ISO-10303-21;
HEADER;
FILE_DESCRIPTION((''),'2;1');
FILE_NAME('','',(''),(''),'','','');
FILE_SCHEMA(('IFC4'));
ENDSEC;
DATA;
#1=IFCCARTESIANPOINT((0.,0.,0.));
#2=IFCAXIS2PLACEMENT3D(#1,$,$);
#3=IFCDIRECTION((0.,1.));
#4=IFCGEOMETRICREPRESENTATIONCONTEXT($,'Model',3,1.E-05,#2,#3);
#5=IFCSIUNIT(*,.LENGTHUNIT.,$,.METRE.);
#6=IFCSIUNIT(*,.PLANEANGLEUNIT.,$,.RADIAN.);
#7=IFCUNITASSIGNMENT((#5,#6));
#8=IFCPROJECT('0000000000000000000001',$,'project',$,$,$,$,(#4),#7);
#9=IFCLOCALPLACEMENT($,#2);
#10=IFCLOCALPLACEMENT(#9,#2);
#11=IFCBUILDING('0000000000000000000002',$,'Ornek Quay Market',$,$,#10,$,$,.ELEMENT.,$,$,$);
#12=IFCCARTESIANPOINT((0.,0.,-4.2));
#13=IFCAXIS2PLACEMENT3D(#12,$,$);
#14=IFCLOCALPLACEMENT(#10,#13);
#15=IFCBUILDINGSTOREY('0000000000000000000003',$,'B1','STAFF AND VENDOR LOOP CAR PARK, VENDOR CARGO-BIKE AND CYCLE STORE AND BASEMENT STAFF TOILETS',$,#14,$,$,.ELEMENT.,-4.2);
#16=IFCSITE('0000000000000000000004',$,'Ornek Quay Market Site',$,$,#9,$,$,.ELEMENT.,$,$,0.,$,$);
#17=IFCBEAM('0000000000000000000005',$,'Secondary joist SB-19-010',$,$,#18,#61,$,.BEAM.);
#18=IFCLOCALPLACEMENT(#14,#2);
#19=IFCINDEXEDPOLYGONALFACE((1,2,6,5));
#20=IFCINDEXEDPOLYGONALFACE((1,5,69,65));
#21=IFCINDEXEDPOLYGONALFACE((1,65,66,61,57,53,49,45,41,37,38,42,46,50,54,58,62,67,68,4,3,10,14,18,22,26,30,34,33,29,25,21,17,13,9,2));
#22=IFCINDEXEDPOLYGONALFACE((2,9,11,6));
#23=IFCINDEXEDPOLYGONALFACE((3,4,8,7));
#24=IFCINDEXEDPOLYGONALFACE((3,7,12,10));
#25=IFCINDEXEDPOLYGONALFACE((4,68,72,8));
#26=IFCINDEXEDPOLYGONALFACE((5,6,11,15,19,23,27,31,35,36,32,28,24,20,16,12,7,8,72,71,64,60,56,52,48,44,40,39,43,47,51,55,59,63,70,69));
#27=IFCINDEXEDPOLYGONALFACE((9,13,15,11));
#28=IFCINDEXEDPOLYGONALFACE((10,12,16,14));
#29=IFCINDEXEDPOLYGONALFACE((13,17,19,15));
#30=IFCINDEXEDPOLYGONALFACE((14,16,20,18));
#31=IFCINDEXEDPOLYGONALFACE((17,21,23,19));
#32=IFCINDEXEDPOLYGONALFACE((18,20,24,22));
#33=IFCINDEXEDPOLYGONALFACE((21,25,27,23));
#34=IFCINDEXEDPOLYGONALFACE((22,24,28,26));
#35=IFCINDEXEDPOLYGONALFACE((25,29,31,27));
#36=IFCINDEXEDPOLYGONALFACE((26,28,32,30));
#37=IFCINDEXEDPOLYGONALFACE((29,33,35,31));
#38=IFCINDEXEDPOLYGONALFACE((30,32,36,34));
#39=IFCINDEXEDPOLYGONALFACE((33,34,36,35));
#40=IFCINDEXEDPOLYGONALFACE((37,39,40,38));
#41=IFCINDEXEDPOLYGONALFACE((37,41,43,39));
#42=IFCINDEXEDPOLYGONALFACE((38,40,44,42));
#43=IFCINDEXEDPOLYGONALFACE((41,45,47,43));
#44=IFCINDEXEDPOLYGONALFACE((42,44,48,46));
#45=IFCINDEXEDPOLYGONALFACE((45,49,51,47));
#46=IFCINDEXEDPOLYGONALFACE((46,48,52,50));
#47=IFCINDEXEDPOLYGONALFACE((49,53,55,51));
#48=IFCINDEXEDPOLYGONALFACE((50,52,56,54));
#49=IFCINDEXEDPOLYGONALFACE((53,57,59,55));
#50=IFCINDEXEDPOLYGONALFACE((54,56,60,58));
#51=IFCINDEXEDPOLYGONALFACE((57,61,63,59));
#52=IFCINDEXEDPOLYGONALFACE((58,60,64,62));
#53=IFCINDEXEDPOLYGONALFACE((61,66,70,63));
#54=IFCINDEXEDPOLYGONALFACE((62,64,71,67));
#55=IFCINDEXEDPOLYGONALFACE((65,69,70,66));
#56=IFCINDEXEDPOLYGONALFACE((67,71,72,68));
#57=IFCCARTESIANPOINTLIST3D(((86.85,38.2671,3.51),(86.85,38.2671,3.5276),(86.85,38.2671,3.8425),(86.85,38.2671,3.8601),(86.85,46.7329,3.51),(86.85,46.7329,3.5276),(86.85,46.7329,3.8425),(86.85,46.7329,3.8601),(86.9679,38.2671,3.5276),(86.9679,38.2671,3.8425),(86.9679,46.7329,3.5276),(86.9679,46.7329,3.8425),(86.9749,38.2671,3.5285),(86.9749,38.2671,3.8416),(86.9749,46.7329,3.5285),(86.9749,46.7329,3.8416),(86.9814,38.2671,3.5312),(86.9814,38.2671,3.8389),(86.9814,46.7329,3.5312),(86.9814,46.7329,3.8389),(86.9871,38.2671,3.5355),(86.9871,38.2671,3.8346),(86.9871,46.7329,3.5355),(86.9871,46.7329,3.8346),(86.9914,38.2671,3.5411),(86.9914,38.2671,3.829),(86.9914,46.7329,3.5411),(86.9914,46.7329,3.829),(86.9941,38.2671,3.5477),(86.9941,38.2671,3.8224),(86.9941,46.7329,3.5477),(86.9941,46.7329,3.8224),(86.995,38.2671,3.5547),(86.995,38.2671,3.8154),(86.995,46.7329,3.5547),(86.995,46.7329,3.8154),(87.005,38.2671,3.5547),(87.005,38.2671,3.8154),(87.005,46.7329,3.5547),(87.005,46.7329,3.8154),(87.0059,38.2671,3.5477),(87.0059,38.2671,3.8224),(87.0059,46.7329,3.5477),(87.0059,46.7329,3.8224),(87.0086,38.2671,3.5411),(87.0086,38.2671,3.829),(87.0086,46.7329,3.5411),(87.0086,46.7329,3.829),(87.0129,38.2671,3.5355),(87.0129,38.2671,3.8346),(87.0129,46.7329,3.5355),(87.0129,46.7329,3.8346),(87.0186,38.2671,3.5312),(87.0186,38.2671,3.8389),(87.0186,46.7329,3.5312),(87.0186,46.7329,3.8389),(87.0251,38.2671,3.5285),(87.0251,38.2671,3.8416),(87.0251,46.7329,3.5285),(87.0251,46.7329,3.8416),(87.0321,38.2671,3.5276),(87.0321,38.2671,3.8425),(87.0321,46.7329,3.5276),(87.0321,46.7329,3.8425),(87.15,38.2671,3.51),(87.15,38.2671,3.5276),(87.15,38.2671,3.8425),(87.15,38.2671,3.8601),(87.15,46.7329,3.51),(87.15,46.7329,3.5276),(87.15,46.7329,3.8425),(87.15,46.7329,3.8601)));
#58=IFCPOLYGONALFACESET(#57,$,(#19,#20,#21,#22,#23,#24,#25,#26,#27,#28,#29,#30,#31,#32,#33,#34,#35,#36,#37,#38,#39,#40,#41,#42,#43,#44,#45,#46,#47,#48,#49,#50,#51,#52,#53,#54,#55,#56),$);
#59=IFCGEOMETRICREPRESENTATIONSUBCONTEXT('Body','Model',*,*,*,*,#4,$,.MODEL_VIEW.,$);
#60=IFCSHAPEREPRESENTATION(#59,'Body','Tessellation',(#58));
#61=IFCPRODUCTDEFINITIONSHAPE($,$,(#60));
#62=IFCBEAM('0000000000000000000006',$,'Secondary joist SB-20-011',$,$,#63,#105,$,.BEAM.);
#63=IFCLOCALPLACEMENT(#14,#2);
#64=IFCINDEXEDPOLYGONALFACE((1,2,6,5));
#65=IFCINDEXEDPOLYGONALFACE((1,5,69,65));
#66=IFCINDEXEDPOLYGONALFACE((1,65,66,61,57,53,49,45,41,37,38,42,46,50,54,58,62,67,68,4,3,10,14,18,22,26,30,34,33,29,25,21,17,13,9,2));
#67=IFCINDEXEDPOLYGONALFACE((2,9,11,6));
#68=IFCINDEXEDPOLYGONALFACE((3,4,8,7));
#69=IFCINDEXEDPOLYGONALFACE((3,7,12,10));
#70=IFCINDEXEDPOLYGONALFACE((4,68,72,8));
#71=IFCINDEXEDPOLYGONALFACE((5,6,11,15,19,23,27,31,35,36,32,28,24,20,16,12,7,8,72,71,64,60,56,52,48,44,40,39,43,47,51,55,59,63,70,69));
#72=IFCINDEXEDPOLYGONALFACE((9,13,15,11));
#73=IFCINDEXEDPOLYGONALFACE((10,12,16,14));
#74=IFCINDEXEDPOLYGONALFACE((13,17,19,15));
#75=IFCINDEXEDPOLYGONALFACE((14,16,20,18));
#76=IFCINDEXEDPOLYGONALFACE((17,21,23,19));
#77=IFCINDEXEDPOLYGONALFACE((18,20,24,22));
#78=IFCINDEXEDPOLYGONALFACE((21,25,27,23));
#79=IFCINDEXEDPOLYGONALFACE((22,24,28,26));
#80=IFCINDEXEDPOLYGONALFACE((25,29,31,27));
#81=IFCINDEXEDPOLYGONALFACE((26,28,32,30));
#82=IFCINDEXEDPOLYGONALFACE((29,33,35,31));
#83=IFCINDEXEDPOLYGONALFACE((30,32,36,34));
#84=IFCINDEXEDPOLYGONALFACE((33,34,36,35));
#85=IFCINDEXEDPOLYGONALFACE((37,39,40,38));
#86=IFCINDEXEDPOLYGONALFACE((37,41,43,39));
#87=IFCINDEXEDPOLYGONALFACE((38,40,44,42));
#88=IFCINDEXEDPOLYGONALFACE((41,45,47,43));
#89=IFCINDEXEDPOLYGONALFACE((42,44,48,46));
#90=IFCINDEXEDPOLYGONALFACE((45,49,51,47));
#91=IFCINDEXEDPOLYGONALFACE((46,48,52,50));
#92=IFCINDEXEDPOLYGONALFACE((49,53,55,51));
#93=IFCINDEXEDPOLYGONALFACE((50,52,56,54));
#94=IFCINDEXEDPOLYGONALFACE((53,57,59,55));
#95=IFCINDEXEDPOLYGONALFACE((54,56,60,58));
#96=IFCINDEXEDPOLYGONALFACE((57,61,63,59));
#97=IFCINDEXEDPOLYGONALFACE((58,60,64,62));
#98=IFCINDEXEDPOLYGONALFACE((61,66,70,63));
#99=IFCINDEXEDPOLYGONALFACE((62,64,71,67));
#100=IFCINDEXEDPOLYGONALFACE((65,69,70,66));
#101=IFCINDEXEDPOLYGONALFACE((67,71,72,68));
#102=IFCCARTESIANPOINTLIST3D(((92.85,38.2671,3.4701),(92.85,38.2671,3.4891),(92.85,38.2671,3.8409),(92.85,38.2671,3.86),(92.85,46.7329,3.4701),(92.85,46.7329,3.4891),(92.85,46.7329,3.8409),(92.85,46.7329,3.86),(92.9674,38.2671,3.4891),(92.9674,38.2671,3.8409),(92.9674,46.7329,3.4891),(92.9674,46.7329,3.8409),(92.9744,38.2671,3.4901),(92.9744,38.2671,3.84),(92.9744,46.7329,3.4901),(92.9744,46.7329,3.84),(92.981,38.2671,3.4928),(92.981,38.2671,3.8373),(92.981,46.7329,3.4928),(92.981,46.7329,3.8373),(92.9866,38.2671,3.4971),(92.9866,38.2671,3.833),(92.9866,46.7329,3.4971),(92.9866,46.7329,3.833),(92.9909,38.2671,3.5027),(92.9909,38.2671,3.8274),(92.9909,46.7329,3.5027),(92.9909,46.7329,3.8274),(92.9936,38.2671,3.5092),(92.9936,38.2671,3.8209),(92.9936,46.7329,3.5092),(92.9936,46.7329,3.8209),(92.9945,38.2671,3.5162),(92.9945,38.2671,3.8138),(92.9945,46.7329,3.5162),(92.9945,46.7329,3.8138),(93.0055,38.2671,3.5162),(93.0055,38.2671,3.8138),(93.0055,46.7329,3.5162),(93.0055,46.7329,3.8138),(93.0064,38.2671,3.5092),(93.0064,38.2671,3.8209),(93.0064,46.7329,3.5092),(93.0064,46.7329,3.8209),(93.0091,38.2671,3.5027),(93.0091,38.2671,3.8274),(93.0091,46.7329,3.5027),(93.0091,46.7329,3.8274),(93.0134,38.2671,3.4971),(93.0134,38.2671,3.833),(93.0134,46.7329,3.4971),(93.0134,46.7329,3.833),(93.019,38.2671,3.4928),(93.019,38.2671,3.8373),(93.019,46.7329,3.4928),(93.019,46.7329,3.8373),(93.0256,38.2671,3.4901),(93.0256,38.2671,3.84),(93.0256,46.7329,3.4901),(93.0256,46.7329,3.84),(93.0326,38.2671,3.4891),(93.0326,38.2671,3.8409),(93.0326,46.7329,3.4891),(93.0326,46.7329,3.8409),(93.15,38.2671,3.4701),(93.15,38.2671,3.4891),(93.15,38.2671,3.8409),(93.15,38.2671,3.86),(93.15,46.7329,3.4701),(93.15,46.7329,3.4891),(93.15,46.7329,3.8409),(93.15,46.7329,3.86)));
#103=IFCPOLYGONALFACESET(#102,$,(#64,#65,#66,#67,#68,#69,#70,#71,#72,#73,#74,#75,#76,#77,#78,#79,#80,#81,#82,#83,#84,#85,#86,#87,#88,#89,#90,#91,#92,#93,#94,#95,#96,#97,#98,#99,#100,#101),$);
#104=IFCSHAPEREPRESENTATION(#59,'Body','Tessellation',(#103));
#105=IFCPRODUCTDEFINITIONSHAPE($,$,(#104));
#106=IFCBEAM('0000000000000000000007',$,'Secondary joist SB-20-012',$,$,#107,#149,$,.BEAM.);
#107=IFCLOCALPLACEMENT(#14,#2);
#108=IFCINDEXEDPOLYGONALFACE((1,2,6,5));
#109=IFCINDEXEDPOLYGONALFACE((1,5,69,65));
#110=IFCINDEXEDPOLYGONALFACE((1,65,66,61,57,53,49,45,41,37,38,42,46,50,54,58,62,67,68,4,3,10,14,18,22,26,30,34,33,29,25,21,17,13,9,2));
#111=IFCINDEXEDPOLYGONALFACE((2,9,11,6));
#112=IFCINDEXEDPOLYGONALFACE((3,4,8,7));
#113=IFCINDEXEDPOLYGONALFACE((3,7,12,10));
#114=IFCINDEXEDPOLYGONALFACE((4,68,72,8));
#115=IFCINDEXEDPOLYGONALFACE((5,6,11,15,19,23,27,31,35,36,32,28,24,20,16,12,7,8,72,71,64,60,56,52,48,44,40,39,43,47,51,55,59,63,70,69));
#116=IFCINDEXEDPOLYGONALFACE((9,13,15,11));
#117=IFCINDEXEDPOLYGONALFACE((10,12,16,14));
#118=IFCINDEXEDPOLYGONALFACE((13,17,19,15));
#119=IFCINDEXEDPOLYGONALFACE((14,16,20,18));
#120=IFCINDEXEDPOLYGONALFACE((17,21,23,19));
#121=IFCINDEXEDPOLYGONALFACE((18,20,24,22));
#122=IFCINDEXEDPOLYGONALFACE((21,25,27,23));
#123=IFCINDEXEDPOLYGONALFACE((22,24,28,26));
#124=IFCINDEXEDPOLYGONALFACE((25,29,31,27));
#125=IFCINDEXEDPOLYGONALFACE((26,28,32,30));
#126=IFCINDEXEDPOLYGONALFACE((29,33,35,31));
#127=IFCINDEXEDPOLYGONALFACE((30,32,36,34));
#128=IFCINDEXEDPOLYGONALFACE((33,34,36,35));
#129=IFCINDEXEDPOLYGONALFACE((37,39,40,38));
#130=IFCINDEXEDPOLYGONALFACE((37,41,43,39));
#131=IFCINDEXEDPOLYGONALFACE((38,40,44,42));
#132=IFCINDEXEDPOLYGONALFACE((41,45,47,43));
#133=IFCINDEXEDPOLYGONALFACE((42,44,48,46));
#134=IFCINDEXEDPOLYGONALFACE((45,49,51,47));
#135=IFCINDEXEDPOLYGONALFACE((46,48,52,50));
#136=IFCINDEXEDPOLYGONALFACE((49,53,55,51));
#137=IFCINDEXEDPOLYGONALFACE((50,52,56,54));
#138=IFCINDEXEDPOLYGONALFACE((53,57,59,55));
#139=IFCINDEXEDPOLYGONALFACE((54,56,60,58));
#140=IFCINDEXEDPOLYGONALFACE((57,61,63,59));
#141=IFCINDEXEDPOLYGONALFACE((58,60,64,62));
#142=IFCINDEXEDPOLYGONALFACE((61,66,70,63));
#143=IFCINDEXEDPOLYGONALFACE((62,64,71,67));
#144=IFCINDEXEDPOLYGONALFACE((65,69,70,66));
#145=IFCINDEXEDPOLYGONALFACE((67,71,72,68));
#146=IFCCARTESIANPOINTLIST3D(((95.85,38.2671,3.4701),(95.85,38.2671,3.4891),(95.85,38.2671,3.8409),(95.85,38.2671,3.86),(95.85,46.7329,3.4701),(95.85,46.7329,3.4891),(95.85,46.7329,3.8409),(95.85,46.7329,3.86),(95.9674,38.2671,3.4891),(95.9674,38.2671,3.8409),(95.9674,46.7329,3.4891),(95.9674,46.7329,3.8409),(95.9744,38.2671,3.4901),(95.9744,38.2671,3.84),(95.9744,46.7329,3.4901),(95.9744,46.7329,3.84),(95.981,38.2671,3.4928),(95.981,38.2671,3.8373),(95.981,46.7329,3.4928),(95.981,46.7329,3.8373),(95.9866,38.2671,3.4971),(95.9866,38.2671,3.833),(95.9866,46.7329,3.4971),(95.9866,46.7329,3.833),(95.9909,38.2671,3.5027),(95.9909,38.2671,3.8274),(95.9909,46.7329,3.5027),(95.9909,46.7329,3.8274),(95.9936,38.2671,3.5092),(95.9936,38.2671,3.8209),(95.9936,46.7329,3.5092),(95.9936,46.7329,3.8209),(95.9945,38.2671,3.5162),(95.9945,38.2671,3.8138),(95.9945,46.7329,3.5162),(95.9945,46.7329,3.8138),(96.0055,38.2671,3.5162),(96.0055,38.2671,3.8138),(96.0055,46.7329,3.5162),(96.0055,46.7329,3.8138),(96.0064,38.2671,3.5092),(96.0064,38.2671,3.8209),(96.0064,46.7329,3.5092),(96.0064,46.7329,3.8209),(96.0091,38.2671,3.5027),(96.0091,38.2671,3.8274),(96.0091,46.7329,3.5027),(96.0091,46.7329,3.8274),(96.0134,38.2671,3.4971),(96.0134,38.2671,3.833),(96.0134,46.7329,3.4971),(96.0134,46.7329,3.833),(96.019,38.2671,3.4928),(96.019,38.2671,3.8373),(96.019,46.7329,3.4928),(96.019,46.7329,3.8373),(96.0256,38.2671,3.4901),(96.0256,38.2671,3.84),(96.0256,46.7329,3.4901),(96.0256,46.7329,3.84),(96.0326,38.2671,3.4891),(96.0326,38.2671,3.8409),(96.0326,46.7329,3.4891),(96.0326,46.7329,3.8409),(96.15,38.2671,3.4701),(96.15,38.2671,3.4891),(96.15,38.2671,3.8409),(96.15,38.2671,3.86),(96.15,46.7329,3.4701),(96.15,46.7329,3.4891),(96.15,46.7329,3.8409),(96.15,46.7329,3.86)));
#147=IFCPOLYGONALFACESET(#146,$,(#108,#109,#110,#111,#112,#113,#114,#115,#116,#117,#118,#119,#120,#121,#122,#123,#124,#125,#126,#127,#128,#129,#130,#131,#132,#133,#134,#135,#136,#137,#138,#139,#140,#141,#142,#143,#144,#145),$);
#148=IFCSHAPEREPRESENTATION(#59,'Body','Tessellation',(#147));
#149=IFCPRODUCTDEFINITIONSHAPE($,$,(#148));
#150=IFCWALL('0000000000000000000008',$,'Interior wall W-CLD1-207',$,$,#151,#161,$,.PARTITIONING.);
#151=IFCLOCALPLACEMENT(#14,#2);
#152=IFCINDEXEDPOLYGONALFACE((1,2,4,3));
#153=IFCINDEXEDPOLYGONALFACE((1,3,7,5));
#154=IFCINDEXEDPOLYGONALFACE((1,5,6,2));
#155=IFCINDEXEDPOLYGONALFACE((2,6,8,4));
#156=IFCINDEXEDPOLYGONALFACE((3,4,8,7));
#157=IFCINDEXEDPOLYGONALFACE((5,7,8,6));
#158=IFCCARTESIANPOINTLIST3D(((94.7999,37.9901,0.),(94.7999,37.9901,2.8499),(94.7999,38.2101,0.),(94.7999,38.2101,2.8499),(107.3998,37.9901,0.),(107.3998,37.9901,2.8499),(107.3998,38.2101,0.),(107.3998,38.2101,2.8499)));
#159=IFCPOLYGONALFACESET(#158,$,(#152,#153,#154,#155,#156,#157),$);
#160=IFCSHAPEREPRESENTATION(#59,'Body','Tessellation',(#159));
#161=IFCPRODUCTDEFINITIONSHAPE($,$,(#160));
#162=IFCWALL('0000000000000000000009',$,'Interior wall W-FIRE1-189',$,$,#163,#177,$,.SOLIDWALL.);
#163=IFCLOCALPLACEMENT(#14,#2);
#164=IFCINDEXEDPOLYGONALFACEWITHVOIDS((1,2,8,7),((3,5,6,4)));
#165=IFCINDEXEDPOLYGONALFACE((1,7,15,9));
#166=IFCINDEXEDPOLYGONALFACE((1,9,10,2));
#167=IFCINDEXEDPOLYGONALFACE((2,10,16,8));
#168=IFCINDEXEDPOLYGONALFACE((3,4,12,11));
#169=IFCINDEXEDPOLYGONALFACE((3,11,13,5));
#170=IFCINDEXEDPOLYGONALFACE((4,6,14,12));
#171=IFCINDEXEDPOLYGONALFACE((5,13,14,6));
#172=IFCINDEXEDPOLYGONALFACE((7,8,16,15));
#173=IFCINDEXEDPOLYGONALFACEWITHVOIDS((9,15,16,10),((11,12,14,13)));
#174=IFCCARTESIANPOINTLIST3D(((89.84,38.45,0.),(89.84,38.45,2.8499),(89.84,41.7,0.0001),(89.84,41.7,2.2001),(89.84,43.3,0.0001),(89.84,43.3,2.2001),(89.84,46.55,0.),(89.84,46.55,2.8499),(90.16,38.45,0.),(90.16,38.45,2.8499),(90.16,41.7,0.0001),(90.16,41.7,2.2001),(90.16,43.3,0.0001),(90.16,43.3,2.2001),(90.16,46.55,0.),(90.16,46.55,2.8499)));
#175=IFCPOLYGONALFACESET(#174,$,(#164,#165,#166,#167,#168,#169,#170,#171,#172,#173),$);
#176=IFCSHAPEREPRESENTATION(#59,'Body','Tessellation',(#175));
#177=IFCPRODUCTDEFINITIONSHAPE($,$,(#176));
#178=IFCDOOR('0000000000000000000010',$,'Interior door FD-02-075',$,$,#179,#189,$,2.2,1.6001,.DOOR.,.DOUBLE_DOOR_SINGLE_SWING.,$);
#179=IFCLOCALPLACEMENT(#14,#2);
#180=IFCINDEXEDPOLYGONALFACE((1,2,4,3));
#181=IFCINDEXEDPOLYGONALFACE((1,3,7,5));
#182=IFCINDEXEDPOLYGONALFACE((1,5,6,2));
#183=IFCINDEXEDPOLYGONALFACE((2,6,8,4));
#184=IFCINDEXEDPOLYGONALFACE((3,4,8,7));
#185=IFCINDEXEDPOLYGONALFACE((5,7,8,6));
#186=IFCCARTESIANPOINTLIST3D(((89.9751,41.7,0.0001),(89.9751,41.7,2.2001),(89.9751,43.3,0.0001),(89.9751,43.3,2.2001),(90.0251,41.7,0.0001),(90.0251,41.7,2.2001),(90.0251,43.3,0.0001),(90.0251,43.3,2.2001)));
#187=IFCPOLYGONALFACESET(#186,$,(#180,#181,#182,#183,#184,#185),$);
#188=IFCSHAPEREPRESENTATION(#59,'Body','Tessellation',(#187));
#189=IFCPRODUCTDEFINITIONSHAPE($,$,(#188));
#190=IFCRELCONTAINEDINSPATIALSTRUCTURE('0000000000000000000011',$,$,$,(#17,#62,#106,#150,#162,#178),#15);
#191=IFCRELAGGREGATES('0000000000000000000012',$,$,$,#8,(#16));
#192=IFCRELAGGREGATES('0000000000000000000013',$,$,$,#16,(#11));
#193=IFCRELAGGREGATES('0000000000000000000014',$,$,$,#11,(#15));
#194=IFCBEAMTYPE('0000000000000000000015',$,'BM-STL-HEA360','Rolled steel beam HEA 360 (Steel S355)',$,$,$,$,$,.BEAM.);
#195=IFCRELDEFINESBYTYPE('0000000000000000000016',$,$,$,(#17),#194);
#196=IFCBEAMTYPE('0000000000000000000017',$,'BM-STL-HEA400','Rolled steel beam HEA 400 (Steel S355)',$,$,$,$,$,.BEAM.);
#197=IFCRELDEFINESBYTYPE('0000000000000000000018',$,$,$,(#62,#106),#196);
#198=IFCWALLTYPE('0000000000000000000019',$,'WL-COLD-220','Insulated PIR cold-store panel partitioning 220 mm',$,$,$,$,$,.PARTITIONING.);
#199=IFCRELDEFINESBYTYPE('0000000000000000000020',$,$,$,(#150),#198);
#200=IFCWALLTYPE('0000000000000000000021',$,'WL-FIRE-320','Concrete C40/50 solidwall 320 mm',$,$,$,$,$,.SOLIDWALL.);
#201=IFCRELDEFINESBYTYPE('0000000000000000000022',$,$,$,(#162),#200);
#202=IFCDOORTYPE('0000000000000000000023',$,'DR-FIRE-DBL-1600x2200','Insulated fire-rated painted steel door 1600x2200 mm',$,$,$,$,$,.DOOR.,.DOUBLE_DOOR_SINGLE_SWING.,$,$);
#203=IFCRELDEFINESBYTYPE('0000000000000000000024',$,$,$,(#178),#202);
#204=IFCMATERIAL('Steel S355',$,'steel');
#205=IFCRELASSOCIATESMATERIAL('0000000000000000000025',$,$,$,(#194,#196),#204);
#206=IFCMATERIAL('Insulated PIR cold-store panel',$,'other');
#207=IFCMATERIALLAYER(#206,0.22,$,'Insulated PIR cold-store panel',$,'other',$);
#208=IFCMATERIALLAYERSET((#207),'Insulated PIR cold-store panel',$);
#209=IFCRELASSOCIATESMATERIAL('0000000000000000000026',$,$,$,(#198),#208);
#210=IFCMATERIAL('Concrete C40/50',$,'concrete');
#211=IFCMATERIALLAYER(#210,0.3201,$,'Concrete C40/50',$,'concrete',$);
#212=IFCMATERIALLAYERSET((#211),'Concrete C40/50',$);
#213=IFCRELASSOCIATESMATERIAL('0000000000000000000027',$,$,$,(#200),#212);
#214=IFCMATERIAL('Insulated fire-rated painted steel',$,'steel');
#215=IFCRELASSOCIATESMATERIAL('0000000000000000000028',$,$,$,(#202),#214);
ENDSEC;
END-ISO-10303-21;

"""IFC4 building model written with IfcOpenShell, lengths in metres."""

from ifc_helpers import new_model, si_unit, direction, frame, frame_2d, origin, origin_2d, place, context, subcontext, project, spatial, rectangle, i_section, extrude, material, layer, layer_set, material_profile, profile_set, type_object, element, fill, save


model = new_model("IFC4")

# Units and contexts
model_context = context("Model", 3, precision=1e-05, world=origin(), true_north=direction((0.0, 1.0)))
body_context = subcontext(model_context, "Body", "Model", "MODEL_VIEW")
ifc_project = project(units=[si_unit("LENGTHUNIT", "METRE"), si_unit("PLANEANGLEUNIT", "RADIAN")], contexts=[model_context])

# Site, building, storey
site_placement = place(None, origin())
site = spatial("IfcSite", under=ifc_project, at=site_placement, Name="Ornek Quay Market Site", CompositionType="ELEMENT", RefElevation=0.0)
building_placement = place(site_placement, origin())
building = spatial("IfcBuilding", under=site, at=building_placement, Name="Ornek Quay Market", CompositionType="ELEMENT")
storey_placement = place(building_placement, frame((0.0, 0.0, -4.2)))
storey = spatial("IfcBuildingStorey", under=building, at=storey_placement, Name="B1", Description="STAFF AND VENDOR LOOP CAR PARK, VENDOR CARGO-BIKE AND CYCLE STORE AND BASEMENT STAFF TOILETS", CompositionType="ELEMENT", Elevation=-4.2)

# Shared definitions
ifc_material_1 = material(Name="Concrete C40/50", Category="concrete")

# Beams
ifc_material_2 = material(Name="Steel S355", Category="steel")
ifc_material_profile_1 = material_profile(ifc_material_2, i_section(OverallWidth=0.3, OverallDepth=0.3501, WebThickness=0.01, FlangeThickness=0.0176, FilletRadius=0.0271, at=origin_2d()), Name="HEA 360", Category="steel")
ifc_profile_set_1 = profile_set([ifc_material_profile_1], Name="Steel S355")
beam_type_1 = type_object("IfcBeamType", Name="BM-STL-HEA360", Description="Rolled steel beam HEA 360 (Steel S355)", PredefinedType="BEAM", material=ifc_profile_set_1)
beam_1_placement = place(storey_placement, frame((87.0, 38.2671, 3.6851), z_axis=(0.0, 1.0, 0.0), x_axis=(-1.0, 0.0, 0.0)))
element("IfcBeam", 1, at=beam_1_placement, inside=storey, type_object=beam_type_1, Name="Secondary joist SB-19-010", PredefinedType="BEAM", context=body_context, shape_type="SweptSolid", body=[
    extrude(i_section(OverallWidth=0.3, OverallDepth=0.3501, WebThickness=0.01, FlangeThickness=0.0176, FilletRadius=0.0271, at=origin_2d()), origin(), (0.0, 0.0, 1.0), 8.4658),
])
ifc_material_profile_2 = material_profile(ifc_material_2, i_section(OverallWidth=0.3, OverallDepth=0.3899, WebThickness=0.011, FlangeThickness=0.019, FilletRadius=0.0271, at=origin_2d()), Name="HEA 400", Category="steel")
ifc_profile_set_2 = profile_set([ifc_material_profile_2], Name="Steel S355")
beam_type_2 = type_object("IfcBeamType", Name="BM-STL-HEA400", Description="Rolled steel beam HEA 400 (Steel S355)", PredefinedType="BEAM", material=ifc_profile_set_2)
for number, where, z_axis, x_axis, name in (
    (2, (93.0, 38.2671, 3.665), (0.0, 1.0, 0.0), (-1.0, 0.0, 0.0), "Secondary joist SB-20-011"),
    (3, (96.0, 38.2671, 3.665), (0.0, 1.0, 0.0), (-1.0, 0.0, 0.0), "Secondary joist SB-20-012"),
):
    element("IfcBeam", number, at=place(storey_placement, frame(where, z_axis=z_axis, x_axis=x_axis)), inside=storey, type_object=beam_type_2, Name=name, PredefinedType="BEAM", context=body_context, shape_type="SweptSolid", body=[
        extrude(i_section(OverallWidth=0.3, OverallDepth=0.3899, WebThickness=0.011, FlangeThickness=0.019, FilletRadius=0.0271, at=origin_2d()), origin(), (0.0, 0.0, 1.0), 8.4658),
    ])

# Wall
ifc_material_3 = material(Name="Insulated PIR cold-store panel", Category="other")
ifc_layer_1 = layer(ifc_material_3, 0.22, Name="Insulated PIR cold-store panel", Category="other")
ifc_layer_set_1 = layer_set([ifc_layer_1], Name="Insulated PIR cold-store panel")
wall_type_1 = type_object("IfcWallType", Name="WL-COLD-220", Description="Insulated PIR cold-store panel partitioning 220 mm", PredefinedType="PARTITIONING", material=ifc_layer_set_1)
wall_1_placement = place(storey_placement, frame((94.8, 38.1001, 0.0), z_axis=(0.0, 0.0, 1.0), x_axis=(1.0, 0.0, 0.0)))
element("IfcWall", 4, at=wall_1_placement, inside=storey, type_object=wall_type_1, Name="Interior wall W-CLD1-207", PredefinedType="PARTITIONING", context=body_context, shape_type="SweptSolid", body=[
    extrude(rectangle(XDim=12.5999, YDim=0.22, at=frame_2d((6.2998, 0.0))), origin(), (0.0, 0.0, 1.0), 2.8499),
])

# Wall, opening, door
ifc_layer_2 = layer(ifc_material_1, 0.3201, Name="Concrete C40/50", Category="concrete")
ifc_layer_set_2 = layer_set([ifc_layer_2], Name="Concrete C40/50")
wall_type_2 = type_object("IfcWallType", Name="WL-FIRE-320", Description="Concrete C40/50 solidwall 320 mm", PredefinedType="SOLIDWALL", material=ifc_layer_set_2)
wall_2_placement = place(storey_placement, frame((90.0, 38.45, 0.0), z_axis=(0.0, 0.0, 1.0), x_axis=(0.0, 1.0, 0.0)))
wall_2 = element("IfcWall", 5, at=wall_2_placement, inside=storey, type_object=wall_type_2, Name="Interior wall W-FIRE1-189", PredefinedType="SOLIDWALL", context=body_context, shape_type="SweptSolid", body=[
    extrude(rectangle(XDim=8.1001, YDim=0.3201, at=frame_2d((4.05, 0.0))), origin(), (0.0, 0.0, 1.0), 2.8499),
])
opening_1_placement = place(wall_2_placement, frame((3.25, 0.0, 0.0)))
opening_1 = element("IfcOpeningElement", 6, at=opening_1_placement, cuts=wall_2, PredefinedType="OPENING", context=body_context, shape_type="SweptSolid", body=[
    extrude(rectangle(XDim=1.6001, YDim=2.2, at=frame_2d((0.8, 1.1001))), frame((0.0, 0.1699, 0.0), z_axis=(0.0, -1.0, 0.0), x_axis=(1.0, 0.0, 0.0)), (0.0, 0.0, 1.0), 0.3401),
])
ifc_material_4 = material(Name="Insulated fire-rated painted steel", Category="steel")
door_type_1 = type_object("IfcDoorType", Name="DR-FIRE-DBL-1600x2200", Description="Insulated fire-rated painted steel door 1600x2200 mm", OperationType="DOUBLE_DOOR_SINGLE_SWING", PredefinedType="DOOR", material=ifc_material_4)
door_1_placement = place(opening_1_placement, origin())
door_1 = element("IfcDoor", 7, at=door_1_placement, inside=storey, type_object=door_type_1, Name="Interior door FD-02-075", OperationType="DOUBLE_DOOR_SINGLE_SWING", OverallHeight=2.2, OverallWidth=1.6001, PredefinedType="DOOR", context=body_context, shape_type="SweptSolid", body=[
    extrude(rectangle(XDim=1.6001, YDim=2.2, at=frame_2d((0.8, 1.1001))), frame((0.0, 0.0249, 0.0), z_axis=(0.0, -1.0, 0.0), x_axis=(1.0, 0.0, 0.0)), (0.0, 0.0, 1.0), 0.05),
])
fill(opening_1, door_1)

save(model, "model.ifc")
